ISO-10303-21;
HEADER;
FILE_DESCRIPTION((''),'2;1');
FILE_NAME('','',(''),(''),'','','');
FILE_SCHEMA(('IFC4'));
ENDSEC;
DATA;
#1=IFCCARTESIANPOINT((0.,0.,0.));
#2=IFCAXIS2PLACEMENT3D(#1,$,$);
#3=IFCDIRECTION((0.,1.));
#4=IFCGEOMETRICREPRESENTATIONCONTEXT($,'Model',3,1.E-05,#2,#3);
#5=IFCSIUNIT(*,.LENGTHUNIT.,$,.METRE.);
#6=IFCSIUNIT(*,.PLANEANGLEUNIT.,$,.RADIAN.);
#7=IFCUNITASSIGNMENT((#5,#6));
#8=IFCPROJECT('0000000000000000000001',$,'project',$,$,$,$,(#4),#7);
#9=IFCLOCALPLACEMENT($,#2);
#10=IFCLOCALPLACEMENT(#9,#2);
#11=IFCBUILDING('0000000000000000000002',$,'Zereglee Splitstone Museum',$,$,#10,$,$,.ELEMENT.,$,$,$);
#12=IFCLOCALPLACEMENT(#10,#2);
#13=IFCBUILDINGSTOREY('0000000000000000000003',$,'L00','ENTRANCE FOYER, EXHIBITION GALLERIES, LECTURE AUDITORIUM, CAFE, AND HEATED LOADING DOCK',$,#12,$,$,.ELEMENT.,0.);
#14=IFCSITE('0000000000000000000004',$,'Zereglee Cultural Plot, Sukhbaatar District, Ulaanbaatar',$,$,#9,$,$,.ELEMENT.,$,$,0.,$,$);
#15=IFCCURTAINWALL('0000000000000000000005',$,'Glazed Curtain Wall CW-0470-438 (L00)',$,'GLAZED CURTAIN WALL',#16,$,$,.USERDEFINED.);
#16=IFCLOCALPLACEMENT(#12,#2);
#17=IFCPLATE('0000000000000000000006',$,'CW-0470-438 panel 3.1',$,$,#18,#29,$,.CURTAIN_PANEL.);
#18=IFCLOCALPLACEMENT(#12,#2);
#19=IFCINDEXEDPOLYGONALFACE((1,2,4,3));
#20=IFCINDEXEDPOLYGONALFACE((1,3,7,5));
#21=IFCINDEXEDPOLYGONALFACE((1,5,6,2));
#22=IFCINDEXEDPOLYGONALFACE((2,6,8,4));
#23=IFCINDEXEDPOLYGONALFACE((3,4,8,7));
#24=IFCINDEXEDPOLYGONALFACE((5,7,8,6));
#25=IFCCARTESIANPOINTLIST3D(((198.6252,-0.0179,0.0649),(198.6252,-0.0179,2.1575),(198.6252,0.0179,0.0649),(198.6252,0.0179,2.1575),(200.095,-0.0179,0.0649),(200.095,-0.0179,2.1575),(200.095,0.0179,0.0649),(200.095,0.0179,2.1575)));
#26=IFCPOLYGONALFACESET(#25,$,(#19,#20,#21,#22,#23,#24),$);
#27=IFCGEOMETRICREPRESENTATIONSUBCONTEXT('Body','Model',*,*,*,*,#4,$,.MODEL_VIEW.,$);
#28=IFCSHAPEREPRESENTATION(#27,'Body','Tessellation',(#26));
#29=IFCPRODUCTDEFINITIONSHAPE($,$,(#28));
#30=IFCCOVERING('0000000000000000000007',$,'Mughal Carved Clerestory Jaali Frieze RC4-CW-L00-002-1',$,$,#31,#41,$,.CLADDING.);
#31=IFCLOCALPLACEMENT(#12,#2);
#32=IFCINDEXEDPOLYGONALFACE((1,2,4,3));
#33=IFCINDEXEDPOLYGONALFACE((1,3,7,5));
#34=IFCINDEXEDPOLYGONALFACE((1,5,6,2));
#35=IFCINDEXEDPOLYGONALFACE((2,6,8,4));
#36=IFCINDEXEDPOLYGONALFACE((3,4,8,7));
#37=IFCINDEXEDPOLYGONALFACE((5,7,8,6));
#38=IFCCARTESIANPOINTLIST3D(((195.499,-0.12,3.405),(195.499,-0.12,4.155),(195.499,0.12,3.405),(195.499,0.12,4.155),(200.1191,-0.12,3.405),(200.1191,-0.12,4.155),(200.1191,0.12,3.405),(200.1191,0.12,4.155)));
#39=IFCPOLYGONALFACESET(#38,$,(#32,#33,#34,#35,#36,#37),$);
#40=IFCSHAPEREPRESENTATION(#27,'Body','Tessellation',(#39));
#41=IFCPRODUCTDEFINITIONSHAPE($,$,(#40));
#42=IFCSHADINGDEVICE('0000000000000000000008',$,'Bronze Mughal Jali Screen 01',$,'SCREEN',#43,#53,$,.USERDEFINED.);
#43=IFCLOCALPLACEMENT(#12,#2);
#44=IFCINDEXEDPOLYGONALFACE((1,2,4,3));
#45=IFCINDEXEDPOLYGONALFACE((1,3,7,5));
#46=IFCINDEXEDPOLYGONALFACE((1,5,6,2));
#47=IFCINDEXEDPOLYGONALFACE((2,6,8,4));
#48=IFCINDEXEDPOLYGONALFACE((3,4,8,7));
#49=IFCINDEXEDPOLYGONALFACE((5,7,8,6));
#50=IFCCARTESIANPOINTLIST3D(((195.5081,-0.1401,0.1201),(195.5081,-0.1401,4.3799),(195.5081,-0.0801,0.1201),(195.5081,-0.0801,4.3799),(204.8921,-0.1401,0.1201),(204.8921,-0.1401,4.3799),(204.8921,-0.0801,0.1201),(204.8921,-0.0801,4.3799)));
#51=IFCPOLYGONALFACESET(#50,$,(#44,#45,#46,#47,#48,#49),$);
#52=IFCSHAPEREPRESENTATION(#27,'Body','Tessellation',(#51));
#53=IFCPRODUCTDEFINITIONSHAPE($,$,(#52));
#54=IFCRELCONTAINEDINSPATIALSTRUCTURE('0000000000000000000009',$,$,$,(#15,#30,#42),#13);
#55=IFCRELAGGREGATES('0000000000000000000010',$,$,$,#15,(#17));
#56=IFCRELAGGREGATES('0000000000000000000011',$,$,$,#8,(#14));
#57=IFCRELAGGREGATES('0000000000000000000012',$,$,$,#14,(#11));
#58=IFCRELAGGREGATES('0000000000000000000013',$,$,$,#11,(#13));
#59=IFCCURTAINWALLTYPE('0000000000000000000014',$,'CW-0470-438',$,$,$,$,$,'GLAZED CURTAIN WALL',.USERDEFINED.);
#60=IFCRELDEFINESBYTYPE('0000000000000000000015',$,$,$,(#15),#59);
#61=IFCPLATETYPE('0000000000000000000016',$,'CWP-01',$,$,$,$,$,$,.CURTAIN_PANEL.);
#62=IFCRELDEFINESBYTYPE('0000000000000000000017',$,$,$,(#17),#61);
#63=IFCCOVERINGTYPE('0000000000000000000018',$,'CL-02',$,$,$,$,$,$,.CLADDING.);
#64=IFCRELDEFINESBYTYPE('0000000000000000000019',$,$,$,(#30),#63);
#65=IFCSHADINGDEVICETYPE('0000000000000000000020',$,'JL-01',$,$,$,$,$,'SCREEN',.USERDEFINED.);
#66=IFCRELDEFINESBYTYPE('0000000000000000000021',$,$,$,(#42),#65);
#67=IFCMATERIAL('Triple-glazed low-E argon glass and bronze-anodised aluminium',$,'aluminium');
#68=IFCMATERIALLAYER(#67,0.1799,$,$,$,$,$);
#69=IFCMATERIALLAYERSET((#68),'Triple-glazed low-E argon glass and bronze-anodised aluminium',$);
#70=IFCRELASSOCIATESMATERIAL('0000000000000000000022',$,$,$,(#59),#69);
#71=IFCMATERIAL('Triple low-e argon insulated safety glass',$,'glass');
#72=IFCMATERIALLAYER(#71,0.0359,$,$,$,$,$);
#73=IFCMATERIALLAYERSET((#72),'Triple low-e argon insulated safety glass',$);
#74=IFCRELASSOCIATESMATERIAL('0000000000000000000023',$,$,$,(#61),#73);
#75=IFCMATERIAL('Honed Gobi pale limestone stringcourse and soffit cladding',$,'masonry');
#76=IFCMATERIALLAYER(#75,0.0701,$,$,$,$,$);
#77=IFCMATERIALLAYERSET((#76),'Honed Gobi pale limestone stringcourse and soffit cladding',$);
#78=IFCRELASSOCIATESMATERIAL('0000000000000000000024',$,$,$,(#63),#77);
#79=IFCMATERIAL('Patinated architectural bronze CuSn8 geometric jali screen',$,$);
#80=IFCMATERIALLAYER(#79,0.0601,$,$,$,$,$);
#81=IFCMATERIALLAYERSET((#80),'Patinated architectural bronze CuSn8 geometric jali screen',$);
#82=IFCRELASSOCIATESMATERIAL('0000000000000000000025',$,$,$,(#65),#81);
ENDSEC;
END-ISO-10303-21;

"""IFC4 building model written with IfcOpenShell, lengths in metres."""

from ifc_helpers import new_model, si_unit, direction, frame, origin, origin_2d, place, context, subcontext, project, spatial, polyline, rectangle, outline, extrude, material, layer, layer_set, type_object, element, aggregate, save


model = new_model("IFC4")

# Units and contexts
model_context = context("Model", 3, precision=1e-05, world=origin(), true_north=direction((0.0, 1.0)))
body_context = subcontext(model_context, "Body", "Model", "MODEL_VIEW")
ifc_project = project(units=[si_unit("LENGTHUNIT", "METRE"), si_unit("PLANEANGLEUNIT", "RADIAN")], contexts=[model_context])

# Site, building, storey
site_placement = place(None, origin())
site = spatial("IfcSite", under=ifc_project, at=site_placement, Name="Zereglee Cultural Plot, Sukhbaatar District, Ulaanbaatar", CompositionType="ELEMENT", RefElevation=0.0)
building_placement = place(site_placement, origin())
building = spatial("IfcBuilding", under=site, at=building_placement, Name="Zereglee Splitstone Museum", CompositionType="ELEMENT")
storey_placement = place(building_placement, origin())
storey = spatial("IfcBuildingStorey", under=building, at=storey_placement, Name="L00", Description="ENTRANCE FOYER, EXHIBITION GALLERIES, LECTURE AUDITORIUM, CAFE, AND HEATED LOADING DOCK", CompositionType="ELEMENT", Elevation=0.0)

# Curtain wall
ifc_material_1 = material(Name="Triple-glazed low-E argon glass and bronze-anodised aluminium", Category="aluminium")
ifc_layer_1 = layer(ifc_material_1, 0.1799)
ifc_layer_set_1 = layer_set([ifc_layer_1], Name="Triple-glazed low-E argon glass and bronze-anodised aluminium")
curtain_wall_type_1 = type_object("IfcCurtainWallType", Name="CW-0470-438", ElementType="GLAZED CURTAIN WALL", PredefinedType="USERDEFINED", material=ifc_layer_set_1)
curtain_wall_1_placement = place(storey_placement, origin())
curtain_wall_1 = element("IfcCurtainWall", 1, at=curtain_wall_1_placement, inside=storey, type_object=curtain_wall_type_1, Name="Glazed Curtain Wall CW-0470-438 (L00)", ObjectType="GLAZED CURTAIN WALL", PredefinedType="USERDEFINED")

# Plate
ifc_material_2 = material(Name="Triple low-e argon insulated safety glass", Category="glass")
ifc_layer_2 = layer(ifc_material_2, 0.0359)
ifc_layer_set_2 = layer_set([ifc_layer_2], Name="Triple low-e argon insulated safety glass")
plate_type = type_object("IfcPlateType", Name="CWP-01", PredefinedType="CURTAIN_PANEL", material=ifc_layer_set_2)
plate_1_placement = place(storey_placement, frame((199.3601, 0.0, 0.0649), z_axis=(0.0, 0.0, 1.0), x_axis=(1.0, 0.0, 0.0)))
plate_1 = element("IfcPlate", 2, at=plate_1_placement, type_object=plate_type, Name="CW-0470-438 panel 3.1", PredefinedType="CURTAIN_PANEL", context=body_context, shape_type="SweptSolid", body=[
    extrude(rectangle(XDim=1.4697, YDim=0.0359, at=origin_2d()), origin(), (0.0, 0.0, 1.0), 2.0925),
])
aggregate(curtain_wall_1, [plate_1])

# Covering
ifc_material_3 = material(Name="Honed Gobi pale limestone stringcourse and soffit cladding", Category="masonry")
ifc_layer_3 = layer(ifc_material_3, 0.0701)
ifc_layer_set_3 = layer_set([ifc_layer_3], Name="Honed Gobi pale limestone stringcourse and soffit cladding")
covering_type = type_object("IfcCoveringType", Name="CL-02", PredefinedType="CLADDING", material=ifc_layer_set_3)
covering_placement = place(storey_placement, frame((197.8091, 0.0, 3.405), z_axis=(0.0, 0.0, 1.0), x_axis=(1.0, 0.0, 0.0)))
element("IfcCovering", 3, at=covering_placement, inside=storey, type_object=covering_type, Name="Mughal Carved Clerestory Jaali Frieze RC4-CW-L00-002-1", PredefinedType="CLADDING", context=body_context, shape_type="SweptSolid", body=[
    extrude(rectangle(XDim=4.6201, YDim=0.24, at=origin_2d()), origin(), (0.0, 0.0, 1.0), 0.75),
])

# Shading device
ifc_material_4 = material(Name="Patinated architectural bronze CuSn8 geometric jali screen")
ifc_layer_4 = layer(ifc_material_4, 0.0601)
ifc_layer_set_4 = layer_set([ifc_layer_4], Name="Patinated architectural bronze CuSn8 geometric jali screen")
shading_device_type = type_object("IfcShadingDeviceType", Name="JL-01", ElementType="SCREEN", PredefinedType="USERDEFINED", material=ifc_layer_set_4)
shading_device_placement = place(storey_placement, frame((195.5081, -0.0801, 0.1201), z_axis=(0.0, -1.0, 0.0), x_axis=(1.0, 0.0, 0.0)))
element("IfcShadingDevice", 4, at=shading_device_placement, inside=storey, type_object=shading_device_type, Name="Bronze Mughal Jali Screen 01", ObjectType="SCREEN", PredefinedType="USERDEFINED", context=body_context, shape_type="SweptSolid", body=[
    extrude(outline(polyline([(0.0, 0.0), (9.384, 0.0), (9.384, 4.2598), (0.0, 4.2598), (0.0, 0.0)])), origin(), (0.0, 0.0, 1.0), 0.0601),
])

save(model, "model.ifc")
